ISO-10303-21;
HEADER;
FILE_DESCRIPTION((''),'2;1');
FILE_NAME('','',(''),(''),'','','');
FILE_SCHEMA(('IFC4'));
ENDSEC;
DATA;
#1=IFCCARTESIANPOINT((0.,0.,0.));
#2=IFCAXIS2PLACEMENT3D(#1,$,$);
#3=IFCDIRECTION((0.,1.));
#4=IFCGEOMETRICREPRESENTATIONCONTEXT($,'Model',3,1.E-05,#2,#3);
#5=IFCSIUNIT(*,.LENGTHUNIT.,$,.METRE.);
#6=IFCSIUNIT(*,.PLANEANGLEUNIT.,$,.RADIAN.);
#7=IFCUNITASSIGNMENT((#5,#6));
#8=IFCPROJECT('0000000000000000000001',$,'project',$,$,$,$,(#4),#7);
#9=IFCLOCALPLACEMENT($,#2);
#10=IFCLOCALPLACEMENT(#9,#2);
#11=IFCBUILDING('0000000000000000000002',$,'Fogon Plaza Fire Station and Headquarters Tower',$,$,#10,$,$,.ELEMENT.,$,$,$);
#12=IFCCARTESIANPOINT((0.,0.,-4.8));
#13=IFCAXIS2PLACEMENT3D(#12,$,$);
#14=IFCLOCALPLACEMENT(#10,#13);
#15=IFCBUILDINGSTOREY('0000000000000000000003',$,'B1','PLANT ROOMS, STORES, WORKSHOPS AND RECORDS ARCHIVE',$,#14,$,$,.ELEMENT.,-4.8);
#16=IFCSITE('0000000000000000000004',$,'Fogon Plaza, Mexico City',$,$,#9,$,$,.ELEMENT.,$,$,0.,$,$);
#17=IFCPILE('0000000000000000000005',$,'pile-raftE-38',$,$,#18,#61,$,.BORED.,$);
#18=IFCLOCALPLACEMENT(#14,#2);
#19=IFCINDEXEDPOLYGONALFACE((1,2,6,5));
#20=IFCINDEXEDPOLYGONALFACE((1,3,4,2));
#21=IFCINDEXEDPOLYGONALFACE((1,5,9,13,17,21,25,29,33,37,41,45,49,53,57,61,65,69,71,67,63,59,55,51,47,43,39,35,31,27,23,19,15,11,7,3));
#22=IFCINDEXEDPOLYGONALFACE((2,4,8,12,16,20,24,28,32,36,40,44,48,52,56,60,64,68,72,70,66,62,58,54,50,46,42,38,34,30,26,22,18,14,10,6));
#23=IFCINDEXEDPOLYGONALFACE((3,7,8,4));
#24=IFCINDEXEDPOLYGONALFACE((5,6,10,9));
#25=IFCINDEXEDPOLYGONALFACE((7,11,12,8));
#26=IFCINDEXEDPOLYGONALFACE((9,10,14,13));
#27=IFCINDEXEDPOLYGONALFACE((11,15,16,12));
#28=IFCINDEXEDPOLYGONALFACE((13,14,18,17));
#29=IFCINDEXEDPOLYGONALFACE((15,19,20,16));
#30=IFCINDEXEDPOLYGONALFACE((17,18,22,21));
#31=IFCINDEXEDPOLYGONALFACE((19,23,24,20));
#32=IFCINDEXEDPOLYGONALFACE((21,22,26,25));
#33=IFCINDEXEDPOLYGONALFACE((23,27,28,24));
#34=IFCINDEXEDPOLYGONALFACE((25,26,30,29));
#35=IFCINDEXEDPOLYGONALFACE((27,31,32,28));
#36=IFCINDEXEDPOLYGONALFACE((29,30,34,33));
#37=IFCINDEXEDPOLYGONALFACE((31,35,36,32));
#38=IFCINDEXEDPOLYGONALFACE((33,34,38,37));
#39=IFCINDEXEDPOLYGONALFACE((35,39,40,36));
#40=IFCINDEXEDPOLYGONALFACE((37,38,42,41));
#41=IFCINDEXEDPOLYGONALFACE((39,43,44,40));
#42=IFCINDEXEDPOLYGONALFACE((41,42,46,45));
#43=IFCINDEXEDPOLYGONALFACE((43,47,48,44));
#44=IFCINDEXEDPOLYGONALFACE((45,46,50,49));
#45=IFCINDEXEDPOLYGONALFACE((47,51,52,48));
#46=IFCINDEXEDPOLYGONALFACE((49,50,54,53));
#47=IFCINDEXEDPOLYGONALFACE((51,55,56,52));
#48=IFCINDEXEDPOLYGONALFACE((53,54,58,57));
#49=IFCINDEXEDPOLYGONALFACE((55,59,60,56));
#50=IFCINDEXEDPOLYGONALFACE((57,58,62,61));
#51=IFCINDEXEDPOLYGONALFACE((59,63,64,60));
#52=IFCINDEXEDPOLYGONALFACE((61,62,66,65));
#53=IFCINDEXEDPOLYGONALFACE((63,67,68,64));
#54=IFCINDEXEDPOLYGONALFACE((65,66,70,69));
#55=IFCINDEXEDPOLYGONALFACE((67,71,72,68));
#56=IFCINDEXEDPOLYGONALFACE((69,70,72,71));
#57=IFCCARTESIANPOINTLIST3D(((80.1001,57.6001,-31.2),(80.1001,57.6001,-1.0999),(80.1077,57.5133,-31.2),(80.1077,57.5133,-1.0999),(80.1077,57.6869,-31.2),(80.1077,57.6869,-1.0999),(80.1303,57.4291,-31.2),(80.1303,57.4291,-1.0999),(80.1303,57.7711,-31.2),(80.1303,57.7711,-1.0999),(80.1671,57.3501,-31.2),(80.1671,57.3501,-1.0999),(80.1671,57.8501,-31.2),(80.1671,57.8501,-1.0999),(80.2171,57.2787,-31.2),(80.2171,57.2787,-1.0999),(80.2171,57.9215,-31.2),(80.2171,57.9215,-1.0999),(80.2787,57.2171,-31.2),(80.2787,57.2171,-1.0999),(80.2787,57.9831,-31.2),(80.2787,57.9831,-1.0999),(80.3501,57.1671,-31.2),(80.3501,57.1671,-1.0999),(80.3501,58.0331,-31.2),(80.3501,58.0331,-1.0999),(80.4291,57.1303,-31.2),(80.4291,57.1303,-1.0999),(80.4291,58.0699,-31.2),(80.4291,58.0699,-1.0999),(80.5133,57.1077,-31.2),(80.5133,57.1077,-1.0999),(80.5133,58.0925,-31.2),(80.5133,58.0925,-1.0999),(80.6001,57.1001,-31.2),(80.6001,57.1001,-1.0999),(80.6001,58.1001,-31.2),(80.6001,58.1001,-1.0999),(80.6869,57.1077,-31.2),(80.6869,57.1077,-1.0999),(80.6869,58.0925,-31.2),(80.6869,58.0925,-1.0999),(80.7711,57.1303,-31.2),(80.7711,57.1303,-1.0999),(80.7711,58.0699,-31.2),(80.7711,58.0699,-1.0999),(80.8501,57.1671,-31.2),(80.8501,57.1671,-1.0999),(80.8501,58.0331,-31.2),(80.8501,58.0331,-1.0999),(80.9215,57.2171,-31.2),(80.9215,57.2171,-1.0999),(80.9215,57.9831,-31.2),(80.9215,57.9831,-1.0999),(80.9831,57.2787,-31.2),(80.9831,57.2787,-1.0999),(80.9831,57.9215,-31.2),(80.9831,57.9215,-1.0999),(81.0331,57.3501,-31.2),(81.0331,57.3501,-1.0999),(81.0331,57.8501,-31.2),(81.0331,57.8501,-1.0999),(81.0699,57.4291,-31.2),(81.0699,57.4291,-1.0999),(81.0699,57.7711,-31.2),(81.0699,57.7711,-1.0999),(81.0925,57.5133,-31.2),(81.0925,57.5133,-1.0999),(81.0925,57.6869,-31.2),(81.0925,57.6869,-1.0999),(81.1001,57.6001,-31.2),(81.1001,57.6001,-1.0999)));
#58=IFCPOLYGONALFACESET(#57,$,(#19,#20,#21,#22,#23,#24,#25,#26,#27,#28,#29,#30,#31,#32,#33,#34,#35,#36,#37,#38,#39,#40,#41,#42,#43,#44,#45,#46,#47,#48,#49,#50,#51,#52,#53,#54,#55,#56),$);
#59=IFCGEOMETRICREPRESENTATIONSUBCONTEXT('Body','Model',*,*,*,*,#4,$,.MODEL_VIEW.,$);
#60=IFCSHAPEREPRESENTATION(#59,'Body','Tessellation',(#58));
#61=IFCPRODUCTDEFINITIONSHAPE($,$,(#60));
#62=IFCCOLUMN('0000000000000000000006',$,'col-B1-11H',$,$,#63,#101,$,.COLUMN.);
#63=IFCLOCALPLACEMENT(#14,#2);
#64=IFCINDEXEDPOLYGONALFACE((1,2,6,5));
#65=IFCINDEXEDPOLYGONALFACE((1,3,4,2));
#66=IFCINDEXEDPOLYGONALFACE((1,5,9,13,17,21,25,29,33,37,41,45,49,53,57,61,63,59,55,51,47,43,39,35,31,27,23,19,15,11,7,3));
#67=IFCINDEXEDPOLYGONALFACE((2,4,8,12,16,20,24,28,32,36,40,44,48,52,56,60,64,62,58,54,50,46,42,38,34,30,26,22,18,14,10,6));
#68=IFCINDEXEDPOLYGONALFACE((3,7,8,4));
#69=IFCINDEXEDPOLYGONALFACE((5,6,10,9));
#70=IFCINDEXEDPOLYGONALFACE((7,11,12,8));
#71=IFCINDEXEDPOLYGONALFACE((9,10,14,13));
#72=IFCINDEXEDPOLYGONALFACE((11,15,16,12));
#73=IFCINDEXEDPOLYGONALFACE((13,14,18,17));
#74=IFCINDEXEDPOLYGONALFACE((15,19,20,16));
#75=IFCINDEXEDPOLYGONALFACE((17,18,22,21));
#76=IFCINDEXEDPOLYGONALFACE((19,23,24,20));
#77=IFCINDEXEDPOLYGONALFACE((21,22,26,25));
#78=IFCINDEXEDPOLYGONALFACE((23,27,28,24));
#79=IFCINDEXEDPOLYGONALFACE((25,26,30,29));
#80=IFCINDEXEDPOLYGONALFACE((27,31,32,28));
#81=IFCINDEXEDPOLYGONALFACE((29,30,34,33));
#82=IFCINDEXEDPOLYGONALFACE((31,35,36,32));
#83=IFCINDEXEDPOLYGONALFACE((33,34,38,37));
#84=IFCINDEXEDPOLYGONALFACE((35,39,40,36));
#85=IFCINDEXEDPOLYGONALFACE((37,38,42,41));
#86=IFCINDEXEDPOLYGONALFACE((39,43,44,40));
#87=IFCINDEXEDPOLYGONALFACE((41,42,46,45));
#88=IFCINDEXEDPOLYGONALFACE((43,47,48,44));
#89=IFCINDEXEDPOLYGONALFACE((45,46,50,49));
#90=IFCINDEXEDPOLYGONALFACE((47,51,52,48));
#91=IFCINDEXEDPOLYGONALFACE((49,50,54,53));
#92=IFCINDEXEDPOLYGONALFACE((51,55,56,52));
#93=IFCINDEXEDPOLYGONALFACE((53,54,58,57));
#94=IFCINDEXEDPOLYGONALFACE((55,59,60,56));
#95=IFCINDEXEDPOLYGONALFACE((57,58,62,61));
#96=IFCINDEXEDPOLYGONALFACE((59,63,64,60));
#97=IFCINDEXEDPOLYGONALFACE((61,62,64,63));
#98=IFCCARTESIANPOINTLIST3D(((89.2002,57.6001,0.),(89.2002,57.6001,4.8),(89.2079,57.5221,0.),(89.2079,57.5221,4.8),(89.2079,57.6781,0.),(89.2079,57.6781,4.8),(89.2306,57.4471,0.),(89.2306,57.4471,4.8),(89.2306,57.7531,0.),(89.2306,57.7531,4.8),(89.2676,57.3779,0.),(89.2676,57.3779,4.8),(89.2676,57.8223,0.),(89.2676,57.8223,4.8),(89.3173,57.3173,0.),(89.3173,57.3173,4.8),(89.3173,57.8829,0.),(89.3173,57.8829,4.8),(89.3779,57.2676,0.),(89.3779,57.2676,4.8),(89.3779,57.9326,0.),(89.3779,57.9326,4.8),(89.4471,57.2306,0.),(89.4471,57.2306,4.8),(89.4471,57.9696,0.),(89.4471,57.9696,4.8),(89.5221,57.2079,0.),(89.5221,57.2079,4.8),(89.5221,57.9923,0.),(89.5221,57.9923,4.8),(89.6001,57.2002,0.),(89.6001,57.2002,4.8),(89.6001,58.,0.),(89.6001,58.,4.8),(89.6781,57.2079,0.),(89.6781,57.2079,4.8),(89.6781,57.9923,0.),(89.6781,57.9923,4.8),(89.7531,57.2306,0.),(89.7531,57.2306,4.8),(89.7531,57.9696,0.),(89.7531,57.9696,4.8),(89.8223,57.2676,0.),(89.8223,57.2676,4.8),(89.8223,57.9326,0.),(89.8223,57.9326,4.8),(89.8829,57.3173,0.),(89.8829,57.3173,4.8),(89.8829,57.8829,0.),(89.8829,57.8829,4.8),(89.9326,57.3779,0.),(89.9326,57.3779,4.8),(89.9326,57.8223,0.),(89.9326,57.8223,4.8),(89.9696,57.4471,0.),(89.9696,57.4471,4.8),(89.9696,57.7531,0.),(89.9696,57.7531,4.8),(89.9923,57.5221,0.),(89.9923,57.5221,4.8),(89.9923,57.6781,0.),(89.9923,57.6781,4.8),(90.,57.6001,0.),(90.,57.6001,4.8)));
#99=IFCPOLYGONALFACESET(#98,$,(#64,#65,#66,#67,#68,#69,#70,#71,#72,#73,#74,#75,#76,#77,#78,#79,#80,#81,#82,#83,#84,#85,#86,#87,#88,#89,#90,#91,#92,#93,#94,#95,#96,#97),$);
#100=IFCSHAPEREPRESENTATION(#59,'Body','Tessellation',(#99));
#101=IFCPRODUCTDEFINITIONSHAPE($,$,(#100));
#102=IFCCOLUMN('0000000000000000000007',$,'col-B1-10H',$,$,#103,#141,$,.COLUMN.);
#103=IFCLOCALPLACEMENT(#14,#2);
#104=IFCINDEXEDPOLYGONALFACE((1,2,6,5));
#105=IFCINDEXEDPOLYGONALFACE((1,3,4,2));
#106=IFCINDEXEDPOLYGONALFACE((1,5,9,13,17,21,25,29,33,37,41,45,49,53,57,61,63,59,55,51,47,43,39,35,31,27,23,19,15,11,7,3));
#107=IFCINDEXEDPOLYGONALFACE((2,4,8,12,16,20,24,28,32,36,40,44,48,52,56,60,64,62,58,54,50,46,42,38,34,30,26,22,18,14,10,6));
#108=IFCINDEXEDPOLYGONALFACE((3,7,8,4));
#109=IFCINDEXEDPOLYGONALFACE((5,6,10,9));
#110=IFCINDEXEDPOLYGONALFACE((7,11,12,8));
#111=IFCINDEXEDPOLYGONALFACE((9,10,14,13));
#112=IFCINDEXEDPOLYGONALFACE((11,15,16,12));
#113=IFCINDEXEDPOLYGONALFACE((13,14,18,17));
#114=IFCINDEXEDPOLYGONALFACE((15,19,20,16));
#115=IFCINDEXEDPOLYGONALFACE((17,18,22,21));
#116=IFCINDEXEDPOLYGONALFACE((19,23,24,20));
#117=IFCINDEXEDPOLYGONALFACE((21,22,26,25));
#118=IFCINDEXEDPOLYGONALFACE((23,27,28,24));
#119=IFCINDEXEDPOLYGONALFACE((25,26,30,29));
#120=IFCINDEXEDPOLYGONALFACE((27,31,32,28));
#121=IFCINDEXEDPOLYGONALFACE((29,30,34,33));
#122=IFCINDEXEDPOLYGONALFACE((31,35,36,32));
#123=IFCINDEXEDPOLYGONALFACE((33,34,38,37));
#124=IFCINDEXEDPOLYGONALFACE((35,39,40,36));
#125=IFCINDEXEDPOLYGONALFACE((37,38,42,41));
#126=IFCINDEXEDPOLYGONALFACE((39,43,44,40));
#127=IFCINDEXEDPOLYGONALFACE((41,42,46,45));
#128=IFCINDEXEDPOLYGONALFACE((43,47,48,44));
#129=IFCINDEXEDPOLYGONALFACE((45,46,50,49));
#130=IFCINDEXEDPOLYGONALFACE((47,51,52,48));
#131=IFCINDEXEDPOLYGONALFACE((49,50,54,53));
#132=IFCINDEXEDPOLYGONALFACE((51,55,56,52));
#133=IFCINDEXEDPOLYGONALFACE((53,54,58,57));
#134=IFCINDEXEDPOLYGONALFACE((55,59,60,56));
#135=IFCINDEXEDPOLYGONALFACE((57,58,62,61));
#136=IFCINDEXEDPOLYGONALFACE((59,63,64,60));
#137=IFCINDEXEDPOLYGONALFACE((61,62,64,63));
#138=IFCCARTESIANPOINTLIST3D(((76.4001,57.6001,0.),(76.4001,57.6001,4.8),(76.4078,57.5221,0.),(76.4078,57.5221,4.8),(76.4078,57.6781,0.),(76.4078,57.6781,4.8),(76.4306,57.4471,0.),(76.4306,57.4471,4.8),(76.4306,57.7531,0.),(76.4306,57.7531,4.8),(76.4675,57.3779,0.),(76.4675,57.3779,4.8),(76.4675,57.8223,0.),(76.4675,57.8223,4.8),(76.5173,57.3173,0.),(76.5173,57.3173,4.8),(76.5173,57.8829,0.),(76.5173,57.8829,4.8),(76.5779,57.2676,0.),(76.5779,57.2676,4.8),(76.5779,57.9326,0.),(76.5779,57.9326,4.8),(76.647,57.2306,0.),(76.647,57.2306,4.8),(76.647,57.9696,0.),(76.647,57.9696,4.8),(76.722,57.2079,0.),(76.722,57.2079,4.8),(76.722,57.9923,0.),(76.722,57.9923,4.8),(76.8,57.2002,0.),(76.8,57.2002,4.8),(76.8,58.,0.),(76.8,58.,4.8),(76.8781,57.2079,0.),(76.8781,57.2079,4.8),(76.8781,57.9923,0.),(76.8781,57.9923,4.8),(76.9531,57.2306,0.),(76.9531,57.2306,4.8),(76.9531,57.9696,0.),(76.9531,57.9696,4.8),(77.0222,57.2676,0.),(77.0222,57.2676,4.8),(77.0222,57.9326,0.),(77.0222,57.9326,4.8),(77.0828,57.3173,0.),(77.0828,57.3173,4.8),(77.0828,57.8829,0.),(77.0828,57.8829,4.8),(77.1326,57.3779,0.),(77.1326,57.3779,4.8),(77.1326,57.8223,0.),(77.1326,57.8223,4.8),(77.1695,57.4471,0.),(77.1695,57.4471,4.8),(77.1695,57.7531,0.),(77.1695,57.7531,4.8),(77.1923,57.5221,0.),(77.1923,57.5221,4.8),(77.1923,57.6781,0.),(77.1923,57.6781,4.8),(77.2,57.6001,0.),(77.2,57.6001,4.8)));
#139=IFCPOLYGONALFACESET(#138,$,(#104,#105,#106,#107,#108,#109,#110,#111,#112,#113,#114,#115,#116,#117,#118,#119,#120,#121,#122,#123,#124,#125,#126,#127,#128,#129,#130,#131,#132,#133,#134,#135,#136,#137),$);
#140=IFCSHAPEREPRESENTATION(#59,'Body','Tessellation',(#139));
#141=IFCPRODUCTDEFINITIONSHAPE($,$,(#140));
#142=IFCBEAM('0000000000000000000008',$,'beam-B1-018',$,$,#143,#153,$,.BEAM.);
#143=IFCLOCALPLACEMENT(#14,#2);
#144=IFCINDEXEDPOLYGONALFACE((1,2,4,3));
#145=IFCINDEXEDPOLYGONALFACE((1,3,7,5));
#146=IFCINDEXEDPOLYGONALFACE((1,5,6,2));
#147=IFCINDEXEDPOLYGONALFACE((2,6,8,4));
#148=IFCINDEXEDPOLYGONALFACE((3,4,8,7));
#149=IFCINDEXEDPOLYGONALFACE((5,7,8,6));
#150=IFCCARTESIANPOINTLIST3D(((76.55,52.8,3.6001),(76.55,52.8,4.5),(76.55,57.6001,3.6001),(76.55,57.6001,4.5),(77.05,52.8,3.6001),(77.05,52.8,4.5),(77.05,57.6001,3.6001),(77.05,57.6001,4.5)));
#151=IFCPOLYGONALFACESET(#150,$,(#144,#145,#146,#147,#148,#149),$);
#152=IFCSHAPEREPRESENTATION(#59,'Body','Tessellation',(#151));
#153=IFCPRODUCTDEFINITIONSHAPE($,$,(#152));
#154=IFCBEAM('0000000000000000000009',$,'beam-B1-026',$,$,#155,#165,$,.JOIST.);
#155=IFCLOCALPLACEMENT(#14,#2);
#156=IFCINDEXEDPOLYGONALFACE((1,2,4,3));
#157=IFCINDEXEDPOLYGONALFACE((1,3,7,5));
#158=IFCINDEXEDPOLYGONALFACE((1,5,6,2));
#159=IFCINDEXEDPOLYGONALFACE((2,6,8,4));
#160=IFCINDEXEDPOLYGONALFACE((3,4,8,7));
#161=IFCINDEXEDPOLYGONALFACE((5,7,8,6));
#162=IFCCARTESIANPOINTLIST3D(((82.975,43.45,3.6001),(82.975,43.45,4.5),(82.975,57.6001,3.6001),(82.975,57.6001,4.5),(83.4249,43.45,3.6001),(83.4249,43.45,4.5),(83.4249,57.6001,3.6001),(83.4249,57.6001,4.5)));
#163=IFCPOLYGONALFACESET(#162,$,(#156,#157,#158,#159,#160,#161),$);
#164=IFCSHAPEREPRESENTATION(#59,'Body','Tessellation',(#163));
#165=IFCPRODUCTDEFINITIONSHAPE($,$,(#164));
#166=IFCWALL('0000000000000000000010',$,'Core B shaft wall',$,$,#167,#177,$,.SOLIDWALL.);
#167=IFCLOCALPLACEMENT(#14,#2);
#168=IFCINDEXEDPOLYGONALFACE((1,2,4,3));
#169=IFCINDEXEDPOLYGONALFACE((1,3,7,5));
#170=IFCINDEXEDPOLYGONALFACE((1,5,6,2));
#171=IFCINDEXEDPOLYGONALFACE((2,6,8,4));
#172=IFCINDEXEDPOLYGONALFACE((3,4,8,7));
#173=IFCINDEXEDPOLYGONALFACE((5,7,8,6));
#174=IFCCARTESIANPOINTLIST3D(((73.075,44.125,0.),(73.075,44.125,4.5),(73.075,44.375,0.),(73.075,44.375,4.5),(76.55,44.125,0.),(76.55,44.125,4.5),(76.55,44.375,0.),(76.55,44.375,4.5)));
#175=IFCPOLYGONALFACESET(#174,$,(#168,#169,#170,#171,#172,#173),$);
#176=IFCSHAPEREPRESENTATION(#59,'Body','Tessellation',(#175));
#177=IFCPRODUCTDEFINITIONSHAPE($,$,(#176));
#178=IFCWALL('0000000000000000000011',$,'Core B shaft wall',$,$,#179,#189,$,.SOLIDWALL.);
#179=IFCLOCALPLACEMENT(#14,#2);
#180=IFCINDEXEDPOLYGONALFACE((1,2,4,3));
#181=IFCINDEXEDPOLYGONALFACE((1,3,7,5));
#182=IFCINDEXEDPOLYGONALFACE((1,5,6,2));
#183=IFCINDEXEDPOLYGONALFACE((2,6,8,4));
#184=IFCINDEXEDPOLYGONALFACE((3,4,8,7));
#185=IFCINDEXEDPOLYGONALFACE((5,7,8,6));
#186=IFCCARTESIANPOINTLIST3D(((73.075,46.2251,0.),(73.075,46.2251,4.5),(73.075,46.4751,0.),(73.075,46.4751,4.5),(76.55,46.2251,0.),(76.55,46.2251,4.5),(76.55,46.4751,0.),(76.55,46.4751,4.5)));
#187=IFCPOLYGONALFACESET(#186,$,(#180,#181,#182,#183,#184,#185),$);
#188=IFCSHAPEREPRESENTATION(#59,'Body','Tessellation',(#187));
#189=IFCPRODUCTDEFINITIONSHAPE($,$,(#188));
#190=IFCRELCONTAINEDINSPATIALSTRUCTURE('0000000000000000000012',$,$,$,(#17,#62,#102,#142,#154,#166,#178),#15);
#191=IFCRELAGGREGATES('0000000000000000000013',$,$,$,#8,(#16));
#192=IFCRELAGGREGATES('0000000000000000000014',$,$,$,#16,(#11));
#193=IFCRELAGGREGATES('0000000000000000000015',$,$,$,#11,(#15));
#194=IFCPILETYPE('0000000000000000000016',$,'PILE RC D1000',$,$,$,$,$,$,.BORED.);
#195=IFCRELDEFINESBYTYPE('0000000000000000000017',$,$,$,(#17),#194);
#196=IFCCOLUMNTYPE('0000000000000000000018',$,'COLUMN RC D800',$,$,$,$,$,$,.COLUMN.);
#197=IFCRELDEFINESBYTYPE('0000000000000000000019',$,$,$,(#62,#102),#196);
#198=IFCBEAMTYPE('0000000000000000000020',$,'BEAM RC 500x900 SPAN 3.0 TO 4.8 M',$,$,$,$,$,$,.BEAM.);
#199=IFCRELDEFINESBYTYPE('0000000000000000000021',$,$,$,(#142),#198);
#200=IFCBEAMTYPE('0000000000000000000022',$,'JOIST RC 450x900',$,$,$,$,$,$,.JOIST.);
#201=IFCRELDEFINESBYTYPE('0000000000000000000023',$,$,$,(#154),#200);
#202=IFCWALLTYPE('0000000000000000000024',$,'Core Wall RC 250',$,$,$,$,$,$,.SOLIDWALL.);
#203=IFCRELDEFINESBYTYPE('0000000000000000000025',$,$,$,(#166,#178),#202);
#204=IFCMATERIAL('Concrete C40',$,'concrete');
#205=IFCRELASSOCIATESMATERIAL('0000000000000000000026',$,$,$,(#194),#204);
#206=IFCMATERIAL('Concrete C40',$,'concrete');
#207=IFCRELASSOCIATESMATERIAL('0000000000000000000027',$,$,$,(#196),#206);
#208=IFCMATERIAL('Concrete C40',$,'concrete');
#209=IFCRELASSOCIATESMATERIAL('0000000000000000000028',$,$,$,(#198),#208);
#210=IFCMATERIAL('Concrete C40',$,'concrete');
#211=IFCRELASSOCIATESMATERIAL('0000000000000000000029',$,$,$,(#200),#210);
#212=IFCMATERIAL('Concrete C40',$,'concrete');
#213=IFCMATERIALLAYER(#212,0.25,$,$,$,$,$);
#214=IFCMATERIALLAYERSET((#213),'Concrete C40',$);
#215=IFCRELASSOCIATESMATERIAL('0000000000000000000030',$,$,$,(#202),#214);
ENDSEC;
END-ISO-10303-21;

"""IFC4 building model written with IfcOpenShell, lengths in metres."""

from ifc_helpers import new_model, si_unit, direction, frame, frame_2d, origin, origin_2d, place, context, subcontext, project, spatial, rectangle, circle, extrude, material, layer, layer_set, material_profile, profile_set, type_object, element, save


model = new_model("IFC4")

# Units and contexts
model_context = context("Model", 3, precision=1e-05, world=origin(), true_north=direction((0.0, 1.0)))
body_context = subcontext(model_context, "Body", "Model", "MODEL_VIEW")
ifc_project = project(units=[si_unit("LENGTHUNIT", "METRE"), si_unit("PLANEANGLEUNIT", "RADIAN")], contexts=[model_context])

# Site, building, storey
site_placement = place(None, origin())
site = spatial("IfcSite", under=ifc_project, at=site_placement, Name="Fogon Plaza, Mexico City", CompositionType="ELEMENT", RefElevation=0.0)
building_placement = place(site_placement, origin())
building = spatial("IfcBuilding", under=site, at=building_placement, Name="Fogon Plaza Fire Station and Headquarters Tower", CompositionType="ELEMENT")
storey_placement = place(building_placement, frame((0.0, 0.0, -4.8)))
storey = spatial("IfcBuildingStorey", under=building, at=storey_placement, Name="B1", Description="PLANT ROOMS, STORES, WORKSHOPS AND RECORDS ARCHIVE", CompositionType="ELEMENT", Elevation=-4.8)

# Pile
ifc_material_1 = material(Name="Concrete C40", Category="concrete")
ifc_material_profile_1 = material_profile(ifc_material_1, circle(Radius=0.5, at=origin_2d()), Name="RC D1000")
ifc_profile_set_1 = profile_set([ifc_material_profile_1], Name="Concrete C40")
pile_type = type_object("IfcPileType", Name="PILE RC D1000", PredefinedType="BORED", material=ifc_profile_set_1)
for number, where, z_axis, x_axis, name in (
    (1, (80.6001, 57.6001, -1.0999), (0.0, 0.0, -1.0), (1.0, 0.0, 0.0), "pile-raftE-38"),
):
    element("IfcPile", number, at=place(storey_placement, frame(where, z_axis=z_axis, x_axis=x_axis)), inside=storey, type_object=pile_type, Name=name, PredefinedType="BORED", context=body_context, shape_type="SweptSolid", body=[
        extrude(circle(Radius=0.5, at=origin_2d()), origin(), (0.0, 0.0, 1.0), 30.1001),
    ])

# Columns
ifc_material_2 = material(Name="Concrete C40", Category="concrete")
ifc_material_profile_2 = material_profile(ifc_material_2, circle(Radius=0.3999, at=origin_2d()), Name="RC D800")
ifc_profile_set_2 = profile_set([ifc_material_profile_2], Name="Concrete C40")
column_type = type_object("IfcColumnType", Name="COLUMN RC D800", PredefinedType="COLUMN", material=ifc_profile_set_2)
for number, where, z_axis, x_axis, name in (
    (2, (89.6001, 57.6001, 0.0), (0.0, 0.0, 1.0), (1.0, 0.0, 0.0), "col-B1-11H"),
    (3, (76.8, 57.6001, 0.0), (0.0, 0.0, 1.0), (1.0, 0.0, 0.0), "col-B1-10H"),
):
    element("IfcColumn", number, at=place(storey_placement, frame(where, z_axis=z_axis, x_axis=x_axis)), inside=storey, type_object=column_type, Name=name, PredefinedType="COLUMN", context=body_context, shape_type="SweptSolid", body=[
        extrude(circle(Radius=0.3999, at=origin_2d()), origin(), (0.0, 0.0, 1.0), 4.8),
    ])

# Beams
ifc_material_3 = material(Name="Concrete C40", Category="concrete")
ifc_material_profile_3 = material_profile(ifc_material_3, rectangle(XDim=0.5, YDim=0.8999, at=origin_2d()), Name="RC 500x900")
ifc_profile_set_3 = profile_set([ifc_material_profile_3], Name="Concrete C40")
beam_type_1 = type_object("IfcBeamType", Name="BEAM RC 500x900 SPAN 3.0 TO 4.8 M", PredefinedType="BEAM", material=ifc_profile_set_3)
beam_1_placement = place(storey_placement, frame((76.8, 52.8, 4.05), z_axis=(0.0, 1.0, 0.0), x_axis=(-1.0, 0.0, 0.0)))
element("IfcBeam", 4, at=beam_1_placement, inside=storey, type_object=beam_type_1, Name="beam-B1-018", PredefinedType="BEAM", context=body_context, shape_type="SweptSolid", body=[
    extrude(rectangle(XDim=0.5, YDim=0.8999, at=origin_2d()), origin(), (0.0, 0.0, 1.0), 4.8),
])
ifc_material_4 = material(Name="Concrete C40", Category="concrete")
ifc_material_profile_4 = material_profile(ifc_material_4, rectangle(XDim=0.45, YDim=0.8999, at=origin_2d()), Name="RC 450x900")
ifc_profile_set_4 = profile_set([ifc_material_profile_4], Name="Concrete C40")
beam_type_2 = type_object("IfcBeamType", Name="JOIST RC 450x900", PredefinedType="JOIST", material=ifc_profile_set_4)
beam_2_placement = place(storey_placement, frame((83.2, 43.45, 4.05), z_axis=(0.0, 1.0, 0.0), x_axis=(-1.0, 0.0, 0.0)))
element("IfcBeam", 5, at=beam_2_placement, inside=storey, type_object=beam_type_2, Name="beam-B1-026", PredefinedType="JOIST", context=body_context, shape_type="SweptSolid", body=[
    extrude(rectangle(XDim=0.45, YDim=0.8999, at=origin_2d()), origin(), (0.0, 0.0, 1.0), 14.1501),
])

# Walls
ifc_material_5 = material(Name="Concrete C40", Category="concrete")
ifc_layer_1 = layer(ifc_material_5, 0.25)
ifc_layer_set_1 = layer_set([ifc_layer_1], Name="Concrete C40")
wall_type_1 = type_object("IfcWallType", Name="Core Wall RC 250", PredefinedType="SOLIDWALL", material=ifc_layer_set_1)
for number, where, z_axis, x_axis, name in (
    (6, (76.55, 44.25, 0.0), (0.0, 0.0, 1.0), (-1.0, 0.0, 0.0), "Core B shaft wall"),
    (7, (76.55, 46.3501, 0.0), (0.0, 0.0, 1.0), (-1.0, 0.0, 0.0), "Core B shaft wall"),
):
    element("IfcWall", number, at=place(storey_placement, frame(where, z_axis=z_axis, x_axis=x_axis)), inside=storey, type_object=wall_type_1, Name=name, PredefinedType="SOLIDWALL", context=body_context, shape_type="SweptSolid", body=[
        extrude(rectangle(XDim=3.4751, YDim=0.25, at=frame_2d((1.7375, 0.0))), origin(), (0.0, 0.0, 1.0), 4.5),
    ])

save(model, "model.ifc")
